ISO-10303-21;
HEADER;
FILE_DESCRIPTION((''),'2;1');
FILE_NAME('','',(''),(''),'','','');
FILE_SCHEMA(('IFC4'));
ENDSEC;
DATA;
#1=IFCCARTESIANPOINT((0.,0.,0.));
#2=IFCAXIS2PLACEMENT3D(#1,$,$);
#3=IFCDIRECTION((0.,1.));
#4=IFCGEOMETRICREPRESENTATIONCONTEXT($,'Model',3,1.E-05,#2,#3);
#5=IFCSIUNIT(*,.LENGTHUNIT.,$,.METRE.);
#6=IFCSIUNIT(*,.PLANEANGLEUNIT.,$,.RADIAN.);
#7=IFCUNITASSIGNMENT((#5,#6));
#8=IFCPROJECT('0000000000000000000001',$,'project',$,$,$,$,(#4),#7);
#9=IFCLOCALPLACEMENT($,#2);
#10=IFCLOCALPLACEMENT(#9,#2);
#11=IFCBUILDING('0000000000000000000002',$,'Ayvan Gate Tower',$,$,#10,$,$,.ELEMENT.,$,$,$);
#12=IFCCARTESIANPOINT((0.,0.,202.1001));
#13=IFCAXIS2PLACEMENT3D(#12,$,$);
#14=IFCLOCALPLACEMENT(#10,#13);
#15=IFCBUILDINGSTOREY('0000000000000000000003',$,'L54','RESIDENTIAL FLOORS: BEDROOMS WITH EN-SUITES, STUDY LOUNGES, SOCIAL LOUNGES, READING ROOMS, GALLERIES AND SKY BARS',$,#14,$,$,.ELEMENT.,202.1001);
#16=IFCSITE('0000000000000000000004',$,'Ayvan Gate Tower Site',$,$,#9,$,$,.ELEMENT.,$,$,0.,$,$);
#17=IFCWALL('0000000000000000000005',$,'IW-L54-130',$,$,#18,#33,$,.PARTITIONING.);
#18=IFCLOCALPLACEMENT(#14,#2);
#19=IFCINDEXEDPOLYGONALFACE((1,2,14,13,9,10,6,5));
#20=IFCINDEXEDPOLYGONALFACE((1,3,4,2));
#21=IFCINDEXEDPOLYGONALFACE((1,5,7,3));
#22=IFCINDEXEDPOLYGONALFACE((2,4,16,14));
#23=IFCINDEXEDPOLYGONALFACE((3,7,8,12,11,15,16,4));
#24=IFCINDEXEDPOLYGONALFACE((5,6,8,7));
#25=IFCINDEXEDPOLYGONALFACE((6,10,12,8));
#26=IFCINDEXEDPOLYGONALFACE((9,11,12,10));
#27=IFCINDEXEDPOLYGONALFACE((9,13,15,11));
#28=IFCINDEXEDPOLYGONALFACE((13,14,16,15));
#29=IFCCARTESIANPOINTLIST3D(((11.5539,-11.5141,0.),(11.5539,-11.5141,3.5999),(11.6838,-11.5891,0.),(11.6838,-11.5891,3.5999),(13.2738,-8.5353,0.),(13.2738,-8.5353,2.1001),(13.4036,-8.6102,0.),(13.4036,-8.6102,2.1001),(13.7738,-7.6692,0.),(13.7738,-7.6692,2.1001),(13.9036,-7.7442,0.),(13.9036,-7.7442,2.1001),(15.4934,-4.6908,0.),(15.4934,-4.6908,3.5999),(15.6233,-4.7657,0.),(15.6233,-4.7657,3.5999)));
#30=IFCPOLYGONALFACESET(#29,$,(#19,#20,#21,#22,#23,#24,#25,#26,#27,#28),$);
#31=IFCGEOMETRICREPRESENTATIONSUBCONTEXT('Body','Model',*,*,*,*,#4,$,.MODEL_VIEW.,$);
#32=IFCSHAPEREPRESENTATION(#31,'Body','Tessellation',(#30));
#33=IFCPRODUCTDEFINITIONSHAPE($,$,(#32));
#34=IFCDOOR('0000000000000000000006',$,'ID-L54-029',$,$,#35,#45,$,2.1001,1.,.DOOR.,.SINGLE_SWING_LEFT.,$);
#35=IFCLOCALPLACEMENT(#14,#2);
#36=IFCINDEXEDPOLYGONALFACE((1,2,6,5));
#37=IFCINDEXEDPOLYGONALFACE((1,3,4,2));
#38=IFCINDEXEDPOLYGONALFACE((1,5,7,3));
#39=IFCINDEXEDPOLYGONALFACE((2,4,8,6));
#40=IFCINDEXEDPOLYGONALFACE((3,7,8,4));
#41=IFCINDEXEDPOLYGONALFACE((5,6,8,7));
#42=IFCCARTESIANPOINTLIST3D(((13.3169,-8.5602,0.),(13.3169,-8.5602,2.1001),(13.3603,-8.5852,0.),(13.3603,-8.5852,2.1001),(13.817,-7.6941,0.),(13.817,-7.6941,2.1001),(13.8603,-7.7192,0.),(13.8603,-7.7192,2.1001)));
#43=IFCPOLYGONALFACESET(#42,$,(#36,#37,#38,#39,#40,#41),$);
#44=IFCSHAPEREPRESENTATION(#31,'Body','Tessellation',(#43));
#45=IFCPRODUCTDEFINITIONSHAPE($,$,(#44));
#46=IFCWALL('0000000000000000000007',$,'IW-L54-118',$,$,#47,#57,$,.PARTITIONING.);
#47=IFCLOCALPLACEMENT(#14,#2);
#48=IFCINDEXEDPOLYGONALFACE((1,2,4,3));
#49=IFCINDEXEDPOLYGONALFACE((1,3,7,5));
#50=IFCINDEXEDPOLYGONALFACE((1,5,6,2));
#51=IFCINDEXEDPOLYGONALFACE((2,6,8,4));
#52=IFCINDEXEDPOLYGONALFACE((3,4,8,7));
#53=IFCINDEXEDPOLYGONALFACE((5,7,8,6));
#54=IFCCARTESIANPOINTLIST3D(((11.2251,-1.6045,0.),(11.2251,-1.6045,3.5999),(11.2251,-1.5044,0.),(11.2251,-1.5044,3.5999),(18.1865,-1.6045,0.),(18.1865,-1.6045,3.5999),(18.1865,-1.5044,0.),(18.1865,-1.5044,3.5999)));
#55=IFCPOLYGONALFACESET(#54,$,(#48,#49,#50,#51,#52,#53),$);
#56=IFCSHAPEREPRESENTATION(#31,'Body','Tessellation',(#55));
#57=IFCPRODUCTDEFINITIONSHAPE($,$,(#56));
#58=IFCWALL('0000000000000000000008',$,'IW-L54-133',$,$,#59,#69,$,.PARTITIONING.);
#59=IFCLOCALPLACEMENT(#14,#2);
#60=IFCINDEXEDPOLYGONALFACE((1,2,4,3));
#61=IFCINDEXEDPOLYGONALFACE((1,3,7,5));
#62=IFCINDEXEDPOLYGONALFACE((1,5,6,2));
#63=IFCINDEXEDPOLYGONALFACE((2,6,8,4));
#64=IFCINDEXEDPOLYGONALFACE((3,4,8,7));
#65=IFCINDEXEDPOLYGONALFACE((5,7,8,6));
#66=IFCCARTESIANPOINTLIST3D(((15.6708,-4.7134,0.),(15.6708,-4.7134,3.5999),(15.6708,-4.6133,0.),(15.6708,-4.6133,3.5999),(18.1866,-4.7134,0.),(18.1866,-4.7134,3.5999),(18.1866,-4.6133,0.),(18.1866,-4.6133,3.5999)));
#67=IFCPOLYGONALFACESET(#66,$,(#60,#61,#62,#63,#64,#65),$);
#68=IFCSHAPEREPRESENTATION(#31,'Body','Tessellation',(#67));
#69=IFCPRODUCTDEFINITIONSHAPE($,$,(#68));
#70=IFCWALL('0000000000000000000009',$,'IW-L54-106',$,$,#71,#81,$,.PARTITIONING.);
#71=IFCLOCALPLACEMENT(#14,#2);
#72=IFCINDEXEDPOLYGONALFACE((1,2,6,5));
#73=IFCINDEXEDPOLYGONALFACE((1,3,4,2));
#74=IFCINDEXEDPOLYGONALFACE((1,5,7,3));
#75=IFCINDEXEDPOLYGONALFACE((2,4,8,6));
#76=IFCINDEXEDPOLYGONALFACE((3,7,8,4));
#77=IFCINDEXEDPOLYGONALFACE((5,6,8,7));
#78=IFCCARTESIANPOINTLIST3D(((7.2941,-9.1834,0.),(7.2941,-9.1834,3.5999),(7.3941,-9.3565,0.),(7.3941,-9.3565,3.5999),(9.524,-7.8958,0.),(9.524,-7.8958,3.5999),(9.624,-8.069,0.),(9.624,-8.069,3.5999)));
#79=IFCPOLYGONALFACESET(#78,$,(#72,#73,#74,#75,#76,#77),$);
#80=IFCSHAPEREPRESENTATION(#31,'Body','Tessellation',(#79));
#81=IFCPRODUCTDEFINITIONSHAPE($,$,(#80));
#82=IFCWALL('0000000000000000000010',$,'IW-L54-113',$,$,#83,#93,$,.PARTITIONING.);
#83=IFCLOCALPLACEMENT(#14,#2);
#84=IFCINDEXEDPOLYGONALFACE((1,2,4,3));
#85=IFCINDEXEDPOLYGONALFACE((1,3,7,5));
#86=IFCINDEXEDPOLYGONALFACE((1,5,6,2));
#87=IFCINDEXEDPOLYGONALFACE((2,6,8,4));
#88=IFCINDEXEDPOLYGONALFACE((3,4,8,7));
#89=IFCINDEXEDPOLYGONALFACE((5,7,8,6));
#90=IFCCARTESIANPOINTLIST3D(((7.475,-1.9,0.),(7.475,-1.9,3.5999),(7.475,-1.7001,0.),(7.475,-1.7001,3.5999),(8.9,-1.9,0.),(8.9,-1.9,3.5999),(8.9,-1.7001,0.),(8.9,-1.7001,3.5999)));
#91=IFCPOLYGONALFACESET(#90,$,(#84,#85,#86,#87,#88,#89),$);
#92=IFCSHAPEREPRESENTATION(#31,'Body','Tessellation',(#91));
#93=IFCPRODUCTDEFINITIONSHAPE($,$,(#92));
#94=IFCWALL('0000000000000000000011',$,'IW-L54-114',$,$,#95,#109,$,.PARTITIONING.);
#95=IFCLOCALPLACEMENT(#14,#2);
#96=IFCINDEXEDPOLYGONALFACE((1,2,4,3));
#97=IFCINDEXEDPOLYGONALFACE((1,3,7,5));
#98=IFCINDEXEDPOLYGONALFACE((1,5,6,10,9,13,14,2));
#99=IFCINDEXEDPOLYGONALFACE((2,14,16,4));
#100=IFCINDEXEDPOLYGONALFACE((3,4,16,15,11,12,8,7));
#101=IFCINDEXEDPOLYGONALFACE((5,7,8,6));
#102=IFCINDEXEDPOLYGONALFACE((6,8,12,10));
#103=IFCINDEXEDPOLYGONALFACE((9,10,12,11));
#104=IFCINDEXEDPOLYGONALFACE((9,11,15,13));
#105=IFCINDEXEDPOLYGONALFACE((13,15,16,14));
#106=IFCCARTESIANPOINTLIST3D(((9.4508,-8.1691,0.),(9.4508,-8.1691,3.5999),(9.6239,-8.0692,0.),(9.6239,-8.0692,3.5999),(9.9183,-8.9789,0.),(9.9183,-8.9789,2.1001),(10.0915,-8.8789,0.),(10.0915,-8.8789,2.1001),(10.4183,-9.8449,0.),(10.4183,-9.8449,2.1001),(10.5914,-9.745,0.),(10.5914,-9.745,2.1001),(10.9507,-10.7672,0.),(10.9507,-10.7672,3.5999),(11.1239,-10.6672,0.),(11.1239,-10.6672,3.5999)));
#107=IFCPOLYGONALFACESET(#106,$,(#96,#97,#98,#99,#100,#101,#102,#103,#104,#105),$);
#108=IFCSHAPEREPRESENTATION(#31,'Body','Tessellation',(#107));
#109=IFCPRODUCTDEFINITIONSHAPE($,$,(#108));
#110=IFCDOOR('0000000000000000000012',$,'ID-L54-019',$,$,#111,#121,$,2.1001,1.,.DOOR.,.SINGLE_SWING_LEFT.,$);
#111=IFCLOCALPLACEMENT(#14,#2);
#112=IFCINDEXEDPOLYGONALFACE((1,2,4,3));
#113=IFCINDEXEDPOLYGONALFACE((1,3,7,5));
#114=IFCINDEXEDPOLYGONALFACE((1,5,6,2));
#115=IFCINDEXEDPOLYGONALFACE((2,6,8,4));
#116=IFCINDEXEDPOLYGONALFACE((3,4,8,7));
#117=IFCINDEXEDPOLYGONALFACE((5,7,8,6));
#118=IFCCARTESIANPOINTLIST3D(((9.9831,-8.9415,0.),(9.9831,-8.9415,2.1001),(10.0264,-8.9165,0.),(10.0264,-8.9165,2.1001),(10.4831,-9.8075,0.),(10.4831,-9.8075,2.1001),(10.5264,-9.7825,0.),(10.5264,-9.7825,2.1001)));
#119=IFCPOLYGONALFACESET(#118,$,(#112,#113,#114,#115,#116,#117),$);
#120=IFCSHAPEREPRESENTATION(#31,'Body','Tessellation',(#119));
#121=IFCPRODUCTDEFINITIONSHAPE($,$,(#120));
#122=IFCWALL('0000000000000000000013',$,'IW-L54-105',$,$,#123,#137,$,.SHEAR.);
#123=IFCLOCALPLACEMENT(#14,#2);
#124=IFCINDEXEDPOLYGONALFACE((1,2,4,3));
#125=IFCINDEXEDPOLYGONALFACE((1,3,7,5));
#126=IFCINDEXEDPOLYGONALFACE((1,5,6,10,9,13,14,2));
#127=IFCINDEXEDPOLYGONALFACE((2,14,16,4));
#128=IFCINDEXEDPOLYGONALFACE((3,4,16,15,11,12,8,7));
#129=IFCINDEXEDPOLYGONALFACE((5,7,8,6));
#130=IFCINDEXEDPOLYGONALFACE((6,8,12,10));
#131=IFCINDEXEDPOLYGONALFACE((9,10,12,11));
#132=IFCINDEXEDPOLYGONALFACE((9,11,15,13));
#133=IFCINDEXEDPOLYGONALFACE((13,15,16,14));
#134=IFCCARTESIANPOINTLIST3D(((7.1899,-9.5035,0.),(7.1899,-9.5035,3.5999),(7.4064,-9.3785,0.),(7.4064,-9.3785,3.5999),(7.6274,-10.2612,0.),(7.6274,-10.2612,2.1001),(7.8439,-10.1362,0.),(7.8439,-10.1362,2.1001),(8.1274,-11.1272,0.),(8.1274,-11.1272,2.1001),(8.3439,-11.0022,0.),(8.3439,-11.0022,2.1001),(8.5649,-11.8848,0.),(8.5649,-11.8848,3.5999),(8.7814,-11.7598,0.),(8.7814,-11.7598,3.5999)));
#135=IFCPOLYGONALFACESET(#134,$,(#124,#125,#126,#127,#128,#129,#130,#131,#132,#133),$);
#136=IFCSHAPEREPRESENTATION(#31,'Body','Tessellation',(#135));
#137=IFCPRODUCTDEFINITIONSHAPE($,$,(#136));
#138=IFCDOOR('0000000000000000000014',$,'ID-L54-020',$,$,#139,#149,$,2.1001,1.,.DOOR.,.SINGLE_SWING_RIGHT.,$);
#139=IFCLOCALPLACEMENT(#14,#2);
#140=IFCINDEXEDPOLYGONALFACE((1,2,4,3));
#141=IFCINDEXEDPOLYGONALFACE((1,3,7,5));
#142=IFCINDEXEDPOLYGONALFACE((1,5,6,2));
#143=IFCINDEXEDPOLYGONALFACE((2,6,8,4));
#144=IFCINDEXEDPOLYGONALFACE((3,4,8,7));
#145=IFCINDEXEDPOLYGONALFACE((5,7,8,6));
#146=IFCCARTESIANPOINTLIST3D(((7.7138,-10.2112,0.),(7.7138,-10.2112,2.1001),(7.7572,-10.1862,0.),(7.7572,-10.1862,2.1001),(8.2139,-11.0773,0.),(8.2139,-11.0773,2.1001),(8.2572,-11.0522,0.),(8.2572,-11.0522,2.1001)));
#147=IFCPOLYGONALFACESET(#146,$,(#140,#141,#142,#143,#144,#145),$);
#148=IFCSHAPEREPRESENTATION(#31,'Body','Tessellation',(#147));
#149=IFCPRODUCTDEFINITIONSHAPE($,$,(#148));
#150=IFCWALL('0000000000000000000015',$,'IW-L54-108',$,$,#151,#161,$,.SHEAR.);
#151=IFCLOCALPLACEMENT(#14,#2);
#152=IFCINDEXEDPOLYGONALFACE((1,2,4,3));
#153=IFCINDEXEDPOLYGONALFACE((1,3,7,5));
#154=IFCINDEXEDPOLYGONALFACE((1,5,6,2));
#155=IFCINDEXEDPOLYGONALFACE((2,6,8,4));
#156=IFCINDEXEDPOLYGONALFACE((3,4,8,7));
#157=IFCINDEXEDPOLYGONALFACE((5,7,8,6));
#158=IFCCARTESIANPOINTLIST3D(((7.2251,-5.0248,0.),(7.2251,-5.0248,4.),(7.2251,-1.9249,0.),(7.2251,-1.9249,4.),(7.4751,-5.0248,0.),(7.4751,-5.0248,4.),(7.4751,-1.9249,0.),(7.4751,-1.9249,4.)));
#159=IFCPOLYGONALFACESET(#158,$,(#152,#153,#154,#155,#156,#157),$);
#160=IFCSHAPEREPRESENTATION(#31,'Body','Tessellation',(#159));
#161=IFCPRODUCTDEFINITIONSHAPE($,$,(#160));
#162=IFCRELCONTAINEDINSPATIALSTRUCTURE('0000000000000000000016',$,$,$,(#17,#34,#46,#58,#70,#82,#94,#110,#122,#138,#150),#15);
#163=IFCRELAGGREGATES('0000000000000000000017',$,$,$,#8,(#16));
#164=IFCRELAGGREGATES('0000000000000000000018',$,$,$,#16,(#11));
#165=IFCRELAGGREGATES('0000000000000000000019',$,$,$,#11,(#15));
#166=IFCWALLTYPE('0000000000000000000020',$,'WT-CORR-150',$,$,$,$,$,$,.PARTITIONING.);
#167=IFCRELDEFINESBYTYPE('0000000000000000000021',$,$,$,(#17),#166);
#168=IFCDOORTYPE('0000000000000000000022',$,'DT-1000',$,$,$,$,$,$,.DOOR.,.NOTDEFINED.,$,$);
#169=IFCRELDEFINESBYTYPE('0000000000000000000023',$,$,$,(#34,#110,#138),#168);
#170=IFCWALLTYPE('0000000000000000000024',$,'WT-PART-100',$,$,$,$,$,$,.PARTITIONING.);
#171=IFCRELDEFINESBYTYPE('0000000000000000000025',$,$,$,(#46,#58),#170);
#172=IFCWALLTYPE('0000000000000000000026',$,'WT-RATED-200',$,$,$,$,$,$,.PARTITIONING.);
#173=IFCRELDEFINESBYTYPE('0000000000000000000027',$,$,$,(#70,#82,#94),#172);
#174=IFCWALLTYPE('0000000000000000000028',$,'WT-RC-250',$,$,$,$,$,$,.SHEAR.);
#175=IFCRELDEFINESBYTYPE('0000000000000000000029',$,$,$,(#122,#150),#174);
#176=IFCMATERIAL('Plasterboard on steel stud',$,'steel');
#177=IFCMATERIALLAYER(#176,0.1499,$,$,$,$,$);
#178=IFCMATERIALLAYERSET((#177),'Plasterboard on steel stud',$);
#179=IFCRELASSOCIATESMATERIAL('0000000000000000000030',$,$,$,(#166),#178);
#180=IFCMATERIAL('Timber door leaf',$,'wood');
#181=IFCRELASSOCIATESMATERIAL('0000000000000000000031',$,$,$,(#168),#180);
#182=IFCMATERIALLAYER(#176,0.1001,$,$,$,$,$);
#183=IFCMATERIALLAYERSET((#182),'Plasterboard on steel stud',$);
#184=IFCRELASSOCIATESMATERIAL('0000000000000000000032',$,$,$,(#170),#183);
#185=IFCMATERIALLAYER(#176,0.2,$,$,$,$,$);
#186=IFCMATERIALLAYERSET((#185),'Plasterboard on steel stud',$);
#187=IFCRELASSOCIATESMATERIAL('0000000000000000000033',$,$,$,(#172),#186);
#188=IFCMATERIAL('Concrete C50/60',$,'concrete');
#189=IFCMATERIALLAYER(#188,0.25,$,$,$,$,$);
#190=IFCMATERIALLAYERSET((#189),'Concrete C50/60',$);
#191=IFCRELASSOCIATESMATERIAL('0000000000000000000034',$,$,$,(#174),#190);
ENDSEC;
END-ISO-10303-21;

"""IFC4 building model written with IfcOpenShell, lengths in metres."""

from ifc_helpers import new_model, si_unit, direction, frame, frame_2d, origin, place, context, subcontext, project, spatial, rectangle, extrude, material, layer, layer_set, type_object, element, fill, save


model = new_model("IFC4")

# Units and contexts
model_context = context("Model", 3, precision=1e-05, world=origin(), true_north=direction((0.0, 1.0)))
body_context = subcontext(model_context, "Body", "Model", "MODEL_VIEW")
ifc_project = project(units=[si_unit("LENGTHUNIT", "METRE"), si_unit("PLANEANGLEUNIT", "RADIAN")], contexts=[model_context])

# Site, building, storey
site_placement = place(None, origin())
site = spatial("IfcSite", under=ifc_project, at=site_placement, Name="Ayvan Gate Tower Site", CompositionType="ELEMENT", RefElevation=0.0)
building_placement = place(site_placement, origin())
building = spatial("IfcBuilding", under=site, at=building_placement, Name="Ayvan Gate Tower", CompositionType="ELEMENT")
storey_placement = place(building_placement, frame((0.0, 0.0, 202.1001)))
storey = spatial("IfcBuildingStorey", under=building, at=storey_placement, Name="L54", Description="RESIDENTIAL FLOORS: BEDROOMS WITH EN-SUITES, STUDY LOUNGES, SOCIAL LOUNGES, READING ROOMS, GALLERIES AND SKY BARS", CompositionType="ELEMENT", Elevation=202.1001)

# Wall, opening, door
ifc_material_1 = material(Name="Timber door leaf", Category="wood")
ifc_material_2 = material(Name="Plasterboard on steel stud", Category="steel")
ifc_layer_1 = layer(ifc_material_2, 0.1499)
ifc_layer_set_1 = layer_set([ifc_layer_1], Name="Plasterboard on steel stud")
wall_type_1 = type_object("IfcWallType", Name="WT-CORR-150", PredefinedType="PARTITIONING", material=ifc_layer_set_1)
door_type_1 = type_object("IfcDoorType", Name="DT-1000", OperationType="NOTDEFINED", PredefinedType="DOOR", material=ifc_material_1)
wall_1_placement = place(storey_placement, frame((15.5583, -4.7283, 0.0), z_axis=(0.0, 0.0, 1.0), x_axis=(-0.500005, -0.866023, 0.0)))
wall_1 = element("IfcWall", 1, at=wall_1_placement, inside=storey, type_object=wall_type_1, Name="IW-L54-130", PredefinedType="PARTITIONING", context=body_context, shape_type="SweptSolid", body=[
    extrude(rectangle(XDim=7.8789, YDim=0.1499, at=frame_2d((3.9395, 0.0))), origin(), (0.0, 0.0, 1.0), 3.5999),
])
opening_1_placement = place(wall_1_placement, frame((3.4392, 0.0, 0.0)))
opening_1 = element("IfcOpeningElement", 2, at=opening_1_placement, cuts=wall_1, PredefinedType="OPENING", context=body_context, shape_type="SweptSolid", body=[
    extrude(rectangle(XDim=1.0, YDim=2.1001, at=frame_2d((0.5, 1.05))), frame((0.0, 0.085, 0.0), z_axis=(0.0, -1.0, 0.0), x_axis=(1.0, 0.0, 0.0)), (0.0, 0.0, 1.0), 0.1699),
])
door_1_placement = place(opening_1_placement, origin())
door_1 = element("IfcDoor", 3, at=door_1_placement, inside=storey, type_object=door_type_1, Name="ID-L54-029", OperationType="SINGLE_SWING_LEFT", OverallHeight=2.1001, OverallWidth=1.0, PredefinedType="DOOR", context=body_context, shape_type="SweptSolid", body=[
    extrude(rectangle(XDim=1.0, YDim=2.1001, at=frame_2d((0.5, 1.05))), frame((0.0, 0.0249, 0.0), z_axis=(0.0, -1.0, 0.0), x_axis=(1.0, 0.0, 0.0)), (0.0, 0.0, 1.0), 0.05),
])
fill(opening_1, door_1)

# Walls
ifc_layer_2 = layer(ifc_material_2, 0.1001)
ifc_layer_set_2 = layer_set([ifc_layer_2], Name="Plasterboard on steel stud")
wall_type_2 = type_object("IfcWallType", Name="WT-PART-100", PredefinedType="PARTITIONING", material=ifc_layer_set_2)
wall_2_placement = place(storey_placement, frame((11.2251, -1.5544, 0.0), z_axis=(0.0, 0.0, 1.0), x_axis=(1.0, 0.0, 0.0)))
element("IfcWall", 4, at=wall_2_placement, inside=storey, type_object=wall_type_2, Name="IW-L54-118", PredefinedType="PARTITIONING", context=body_context, shape_type="SweptSolid", body=[
    extrude(rectangle(XDim=6.9614, YDim=0.1001, at=frame_2d((3.4807, 0.0))), origin(), (0.0, 0.0, 1.0), 3.5999),
])
wall_3_placement = place(storey_placement, frame((18.1865, -4.6633, 0.0), z_axis=(0.0, 0.0, 1.0), x_axis=(-1.0, 0.0, 0.0)))
element("IfcWall", 5, at=wall_3_placement, inside=storey, type_object=wall_type_2, Name="IW-L54-133", PredefinedType="PARTITIONING", context=body_context, shape_type="SweptSolid", body=[
    extrude(rectangle(XDim=2.5159, YDim=0.1001, at=frame_2d((1.2578, 0.0))), origin(), (0.0, 0.0, 1.0), 3.5999),
])
ifc_layer_3 = layer(ifc_material_2, 0.2)
ifc_layer_set_3 = layer_set([ifc_layer_3], Name="Plasterboard on steel stud")
wall_type_3 = type_object("IfcWallType", Name="WT-RATED-200", PredefinedType="PARTITIONING", material=ifc_layer_set_3)
wall_4_placement = place(storey_placement, frame((7.344, -9.27, 0.0), z_axis=(0.0, 0.0, 1.0), x_axis=(0.866006, 0.500034, 0.0)))
element("IfcWall", 6, at=wall_4_placement, inside=storey, type_object=wall_type_3, Name="IW-L54-106", PredefinedType="PARTITIONING", context=body_context, shape_type="SweptSolid", body=[
    extrude(rectangle(XDim=2.575, YDim=0.2, at=frame_2d((1.2876, 0.0))), origin(), (0.0, 0.0, 1.0), 3.5999),
])
wall_5_placement = place(storey_placement, frame((8.8999, -1.8, 0.0), z_axis=(0.0, 0.0, 1.0), x_axis=(-1.0, 0.0, 0.0)))
element("IfcWall", 7, at=wall_5_placement, inside=storey, type_object=wall_type_3, Name="IW-L54-113", PredefinedType="PARTITIONING", context=body_context, shape_type="SweptSolid", body=[
    extrude(rectangle(XDim=1.425, YDim=0.2, at=frame_2d((0.7124, 0.0))), origin(), (0.0, 0.0, 1.0), 3.5999),
])

# Walls, openings, doors
wall_6_placement = place(storey_placement, frame((9.5374, -8.1191, 0.0), z_axis=(0.0, 0.0, 1.0), x_axis=(0.49999, -0.866031, 0.0)))
wall_6 = element("IfcWall", 8, at=wall_6_placement, inside=storey, type_object=wall_type_3, Name="IW-L54-114", PredefinedType="PARTITIONING", context=body_context, shape_type="SweptSolid", body=[
    extrude(rectangle(XDim=3.0, YDim=0.2, at=frame_2d((1.5, 0.0))), origin(), (0.0, 0.0, 1.0), 3.5999),
])
opening_2_placement = place(wall_6_placement, frame((0.9351, 0.0, 0.0)))
opening_2 = element("IfcOpeningElement", 9, at=opening_2_placement, cuts=wall_6, PredefinedType="OPENING", context=body_context, shape_type="SweptSolid", body=[
    extrude(rectangle(XDim=1.0, YDim=2.1001, at=frame_2d((0.5, 1.05))), frame((0.0, 0.1099, 0.0), z_axis=(0.0, -1.0, 0.0), x_axis=(1.0, 0.0, 0.0)), (0.0, 0.0, 1.0), 0.22),
])
door_2_placement = place(opening_2_placement, origin())
door_2 = element("IfcDoor", 10, at=door_2_placement, inside=storey, type_object=door_type_1, Name="ID-L54-019", OperationType="SINGLE_SWING_LEFT", OverallHeight=2.1001, OverallWidth=1.0, PredefinedType="DOOR", context=body_context, shape_type="SweptSolid", body=[
    extrude(rectangle(XDim=1.0, YDim=2.1001, at=frame_2d((0.5, 1.05))), frame((0.0, 0.0249, 0.0), z_axis=(0.0, -1.0, 0.0), x_axis=(1.0, 0.0, 0.0)), (0.0, 0.0, 1.0), 0.05),
])
fill(opening_2, door_2)
ifc_material_3 = material(Name="Concrete C50/60", Category="concrete")
ifc_layer_4 = layer(ifc_material_3, 0.25)
ifc_layer_set_4 = layer_set([ifc_layer_4], Name="Concrete C50/60")
wall_type_4 = type_object("IfcWallType", Name="WT-RC-250", PredefinedType="SHEAR", material=ifc_layer_set_4)
wall_7_placement = place(storey_placement, frame((7.2981, -9.4409, 0.0), z_axis=(0.0, 0.0, 1.0), x_axis=(0.500035, -0.866005, 0.0)))
wall_7 = element("IfcWall", 11, at=wall_7_placement, inside=storey, type_object=wall_type_4, Name="IW-L54-105", PredefinedType="SHEAR", context=body_context, shape_type="SweptSolid", body=[
    extrude(rectangle(XDim=2.7498, YDim=0.25, at=frame_2d((1.375, 0.0))), origin(), (0.0, 0.0, 1.0), 3.5999),
])
opening_3_placement = place(wall_7_placement, frame((0.875, 0.0, 0.0)))
opening_3 = element("IfcOpeningElement", 12, at=opening_3_placement, cuts=wall_7, PredefinedType="OPENING", context=body_context, shape_type="SweptSolid", body=[
    extrude(rectangle(XDim=1.0, YDim=2.1001, at=frame_2d((0.5, 1.05))), frame((0.0, 0.135, 0.0), z_axis=(0.0, -1.0, 0.0), x_axis=(1.0, 0.0, 0.0)), (0.0, 0.0, 1.0), 0.27),
])
door_3_placement = place(opening_3_placement, origin())
door_3 = element("IfcDoor", 13, at=door_3_placement, inside=storey, type_object=door_type_1, Name="ID-L54-020", OperationType="SINGLE_SWING_RIGHT", OverallHeight=2.1001, OverallWidth=1.0, PredefinedType="DOOR", context=body_context, shape_type="SweptSolid", body=[
    extrude(rectangle(XDim=1.0, YDim=2.1001, at=frame_2d((0.5, 1.05))), frame((0.0, 0.0249, 0.0), z_axis=(0.0, -1.0, 0.0), x_axis=(1.0, 0.0, 0.0)), (0.0, 0.0, 1.0), 0.05),
])
fill(opening_3, door_3)

# Wall
wall_8_placement = place(storey_placement, frame((7.3501, -1.925, 0.0), z_axis=(0.0, 0.0, 1.0), x_axis=(0.0, -1.0, 0.0)))
element("IfcWall", 14, at=wall_8_placement, inside=storey, type_object=wall_type_4, Name="IW-L54-108", PredefinedType="SHEAR", context=body_context, shape_type="SweptSolid", body=[
    extrude(rectangle(XDim=3.0999, YDim=0.25, at=frame_2d((1.5498, 0.0))), origin(), (0.0, 0.0, 1.0), 4.0),
])

save(model, "model.ifc")
